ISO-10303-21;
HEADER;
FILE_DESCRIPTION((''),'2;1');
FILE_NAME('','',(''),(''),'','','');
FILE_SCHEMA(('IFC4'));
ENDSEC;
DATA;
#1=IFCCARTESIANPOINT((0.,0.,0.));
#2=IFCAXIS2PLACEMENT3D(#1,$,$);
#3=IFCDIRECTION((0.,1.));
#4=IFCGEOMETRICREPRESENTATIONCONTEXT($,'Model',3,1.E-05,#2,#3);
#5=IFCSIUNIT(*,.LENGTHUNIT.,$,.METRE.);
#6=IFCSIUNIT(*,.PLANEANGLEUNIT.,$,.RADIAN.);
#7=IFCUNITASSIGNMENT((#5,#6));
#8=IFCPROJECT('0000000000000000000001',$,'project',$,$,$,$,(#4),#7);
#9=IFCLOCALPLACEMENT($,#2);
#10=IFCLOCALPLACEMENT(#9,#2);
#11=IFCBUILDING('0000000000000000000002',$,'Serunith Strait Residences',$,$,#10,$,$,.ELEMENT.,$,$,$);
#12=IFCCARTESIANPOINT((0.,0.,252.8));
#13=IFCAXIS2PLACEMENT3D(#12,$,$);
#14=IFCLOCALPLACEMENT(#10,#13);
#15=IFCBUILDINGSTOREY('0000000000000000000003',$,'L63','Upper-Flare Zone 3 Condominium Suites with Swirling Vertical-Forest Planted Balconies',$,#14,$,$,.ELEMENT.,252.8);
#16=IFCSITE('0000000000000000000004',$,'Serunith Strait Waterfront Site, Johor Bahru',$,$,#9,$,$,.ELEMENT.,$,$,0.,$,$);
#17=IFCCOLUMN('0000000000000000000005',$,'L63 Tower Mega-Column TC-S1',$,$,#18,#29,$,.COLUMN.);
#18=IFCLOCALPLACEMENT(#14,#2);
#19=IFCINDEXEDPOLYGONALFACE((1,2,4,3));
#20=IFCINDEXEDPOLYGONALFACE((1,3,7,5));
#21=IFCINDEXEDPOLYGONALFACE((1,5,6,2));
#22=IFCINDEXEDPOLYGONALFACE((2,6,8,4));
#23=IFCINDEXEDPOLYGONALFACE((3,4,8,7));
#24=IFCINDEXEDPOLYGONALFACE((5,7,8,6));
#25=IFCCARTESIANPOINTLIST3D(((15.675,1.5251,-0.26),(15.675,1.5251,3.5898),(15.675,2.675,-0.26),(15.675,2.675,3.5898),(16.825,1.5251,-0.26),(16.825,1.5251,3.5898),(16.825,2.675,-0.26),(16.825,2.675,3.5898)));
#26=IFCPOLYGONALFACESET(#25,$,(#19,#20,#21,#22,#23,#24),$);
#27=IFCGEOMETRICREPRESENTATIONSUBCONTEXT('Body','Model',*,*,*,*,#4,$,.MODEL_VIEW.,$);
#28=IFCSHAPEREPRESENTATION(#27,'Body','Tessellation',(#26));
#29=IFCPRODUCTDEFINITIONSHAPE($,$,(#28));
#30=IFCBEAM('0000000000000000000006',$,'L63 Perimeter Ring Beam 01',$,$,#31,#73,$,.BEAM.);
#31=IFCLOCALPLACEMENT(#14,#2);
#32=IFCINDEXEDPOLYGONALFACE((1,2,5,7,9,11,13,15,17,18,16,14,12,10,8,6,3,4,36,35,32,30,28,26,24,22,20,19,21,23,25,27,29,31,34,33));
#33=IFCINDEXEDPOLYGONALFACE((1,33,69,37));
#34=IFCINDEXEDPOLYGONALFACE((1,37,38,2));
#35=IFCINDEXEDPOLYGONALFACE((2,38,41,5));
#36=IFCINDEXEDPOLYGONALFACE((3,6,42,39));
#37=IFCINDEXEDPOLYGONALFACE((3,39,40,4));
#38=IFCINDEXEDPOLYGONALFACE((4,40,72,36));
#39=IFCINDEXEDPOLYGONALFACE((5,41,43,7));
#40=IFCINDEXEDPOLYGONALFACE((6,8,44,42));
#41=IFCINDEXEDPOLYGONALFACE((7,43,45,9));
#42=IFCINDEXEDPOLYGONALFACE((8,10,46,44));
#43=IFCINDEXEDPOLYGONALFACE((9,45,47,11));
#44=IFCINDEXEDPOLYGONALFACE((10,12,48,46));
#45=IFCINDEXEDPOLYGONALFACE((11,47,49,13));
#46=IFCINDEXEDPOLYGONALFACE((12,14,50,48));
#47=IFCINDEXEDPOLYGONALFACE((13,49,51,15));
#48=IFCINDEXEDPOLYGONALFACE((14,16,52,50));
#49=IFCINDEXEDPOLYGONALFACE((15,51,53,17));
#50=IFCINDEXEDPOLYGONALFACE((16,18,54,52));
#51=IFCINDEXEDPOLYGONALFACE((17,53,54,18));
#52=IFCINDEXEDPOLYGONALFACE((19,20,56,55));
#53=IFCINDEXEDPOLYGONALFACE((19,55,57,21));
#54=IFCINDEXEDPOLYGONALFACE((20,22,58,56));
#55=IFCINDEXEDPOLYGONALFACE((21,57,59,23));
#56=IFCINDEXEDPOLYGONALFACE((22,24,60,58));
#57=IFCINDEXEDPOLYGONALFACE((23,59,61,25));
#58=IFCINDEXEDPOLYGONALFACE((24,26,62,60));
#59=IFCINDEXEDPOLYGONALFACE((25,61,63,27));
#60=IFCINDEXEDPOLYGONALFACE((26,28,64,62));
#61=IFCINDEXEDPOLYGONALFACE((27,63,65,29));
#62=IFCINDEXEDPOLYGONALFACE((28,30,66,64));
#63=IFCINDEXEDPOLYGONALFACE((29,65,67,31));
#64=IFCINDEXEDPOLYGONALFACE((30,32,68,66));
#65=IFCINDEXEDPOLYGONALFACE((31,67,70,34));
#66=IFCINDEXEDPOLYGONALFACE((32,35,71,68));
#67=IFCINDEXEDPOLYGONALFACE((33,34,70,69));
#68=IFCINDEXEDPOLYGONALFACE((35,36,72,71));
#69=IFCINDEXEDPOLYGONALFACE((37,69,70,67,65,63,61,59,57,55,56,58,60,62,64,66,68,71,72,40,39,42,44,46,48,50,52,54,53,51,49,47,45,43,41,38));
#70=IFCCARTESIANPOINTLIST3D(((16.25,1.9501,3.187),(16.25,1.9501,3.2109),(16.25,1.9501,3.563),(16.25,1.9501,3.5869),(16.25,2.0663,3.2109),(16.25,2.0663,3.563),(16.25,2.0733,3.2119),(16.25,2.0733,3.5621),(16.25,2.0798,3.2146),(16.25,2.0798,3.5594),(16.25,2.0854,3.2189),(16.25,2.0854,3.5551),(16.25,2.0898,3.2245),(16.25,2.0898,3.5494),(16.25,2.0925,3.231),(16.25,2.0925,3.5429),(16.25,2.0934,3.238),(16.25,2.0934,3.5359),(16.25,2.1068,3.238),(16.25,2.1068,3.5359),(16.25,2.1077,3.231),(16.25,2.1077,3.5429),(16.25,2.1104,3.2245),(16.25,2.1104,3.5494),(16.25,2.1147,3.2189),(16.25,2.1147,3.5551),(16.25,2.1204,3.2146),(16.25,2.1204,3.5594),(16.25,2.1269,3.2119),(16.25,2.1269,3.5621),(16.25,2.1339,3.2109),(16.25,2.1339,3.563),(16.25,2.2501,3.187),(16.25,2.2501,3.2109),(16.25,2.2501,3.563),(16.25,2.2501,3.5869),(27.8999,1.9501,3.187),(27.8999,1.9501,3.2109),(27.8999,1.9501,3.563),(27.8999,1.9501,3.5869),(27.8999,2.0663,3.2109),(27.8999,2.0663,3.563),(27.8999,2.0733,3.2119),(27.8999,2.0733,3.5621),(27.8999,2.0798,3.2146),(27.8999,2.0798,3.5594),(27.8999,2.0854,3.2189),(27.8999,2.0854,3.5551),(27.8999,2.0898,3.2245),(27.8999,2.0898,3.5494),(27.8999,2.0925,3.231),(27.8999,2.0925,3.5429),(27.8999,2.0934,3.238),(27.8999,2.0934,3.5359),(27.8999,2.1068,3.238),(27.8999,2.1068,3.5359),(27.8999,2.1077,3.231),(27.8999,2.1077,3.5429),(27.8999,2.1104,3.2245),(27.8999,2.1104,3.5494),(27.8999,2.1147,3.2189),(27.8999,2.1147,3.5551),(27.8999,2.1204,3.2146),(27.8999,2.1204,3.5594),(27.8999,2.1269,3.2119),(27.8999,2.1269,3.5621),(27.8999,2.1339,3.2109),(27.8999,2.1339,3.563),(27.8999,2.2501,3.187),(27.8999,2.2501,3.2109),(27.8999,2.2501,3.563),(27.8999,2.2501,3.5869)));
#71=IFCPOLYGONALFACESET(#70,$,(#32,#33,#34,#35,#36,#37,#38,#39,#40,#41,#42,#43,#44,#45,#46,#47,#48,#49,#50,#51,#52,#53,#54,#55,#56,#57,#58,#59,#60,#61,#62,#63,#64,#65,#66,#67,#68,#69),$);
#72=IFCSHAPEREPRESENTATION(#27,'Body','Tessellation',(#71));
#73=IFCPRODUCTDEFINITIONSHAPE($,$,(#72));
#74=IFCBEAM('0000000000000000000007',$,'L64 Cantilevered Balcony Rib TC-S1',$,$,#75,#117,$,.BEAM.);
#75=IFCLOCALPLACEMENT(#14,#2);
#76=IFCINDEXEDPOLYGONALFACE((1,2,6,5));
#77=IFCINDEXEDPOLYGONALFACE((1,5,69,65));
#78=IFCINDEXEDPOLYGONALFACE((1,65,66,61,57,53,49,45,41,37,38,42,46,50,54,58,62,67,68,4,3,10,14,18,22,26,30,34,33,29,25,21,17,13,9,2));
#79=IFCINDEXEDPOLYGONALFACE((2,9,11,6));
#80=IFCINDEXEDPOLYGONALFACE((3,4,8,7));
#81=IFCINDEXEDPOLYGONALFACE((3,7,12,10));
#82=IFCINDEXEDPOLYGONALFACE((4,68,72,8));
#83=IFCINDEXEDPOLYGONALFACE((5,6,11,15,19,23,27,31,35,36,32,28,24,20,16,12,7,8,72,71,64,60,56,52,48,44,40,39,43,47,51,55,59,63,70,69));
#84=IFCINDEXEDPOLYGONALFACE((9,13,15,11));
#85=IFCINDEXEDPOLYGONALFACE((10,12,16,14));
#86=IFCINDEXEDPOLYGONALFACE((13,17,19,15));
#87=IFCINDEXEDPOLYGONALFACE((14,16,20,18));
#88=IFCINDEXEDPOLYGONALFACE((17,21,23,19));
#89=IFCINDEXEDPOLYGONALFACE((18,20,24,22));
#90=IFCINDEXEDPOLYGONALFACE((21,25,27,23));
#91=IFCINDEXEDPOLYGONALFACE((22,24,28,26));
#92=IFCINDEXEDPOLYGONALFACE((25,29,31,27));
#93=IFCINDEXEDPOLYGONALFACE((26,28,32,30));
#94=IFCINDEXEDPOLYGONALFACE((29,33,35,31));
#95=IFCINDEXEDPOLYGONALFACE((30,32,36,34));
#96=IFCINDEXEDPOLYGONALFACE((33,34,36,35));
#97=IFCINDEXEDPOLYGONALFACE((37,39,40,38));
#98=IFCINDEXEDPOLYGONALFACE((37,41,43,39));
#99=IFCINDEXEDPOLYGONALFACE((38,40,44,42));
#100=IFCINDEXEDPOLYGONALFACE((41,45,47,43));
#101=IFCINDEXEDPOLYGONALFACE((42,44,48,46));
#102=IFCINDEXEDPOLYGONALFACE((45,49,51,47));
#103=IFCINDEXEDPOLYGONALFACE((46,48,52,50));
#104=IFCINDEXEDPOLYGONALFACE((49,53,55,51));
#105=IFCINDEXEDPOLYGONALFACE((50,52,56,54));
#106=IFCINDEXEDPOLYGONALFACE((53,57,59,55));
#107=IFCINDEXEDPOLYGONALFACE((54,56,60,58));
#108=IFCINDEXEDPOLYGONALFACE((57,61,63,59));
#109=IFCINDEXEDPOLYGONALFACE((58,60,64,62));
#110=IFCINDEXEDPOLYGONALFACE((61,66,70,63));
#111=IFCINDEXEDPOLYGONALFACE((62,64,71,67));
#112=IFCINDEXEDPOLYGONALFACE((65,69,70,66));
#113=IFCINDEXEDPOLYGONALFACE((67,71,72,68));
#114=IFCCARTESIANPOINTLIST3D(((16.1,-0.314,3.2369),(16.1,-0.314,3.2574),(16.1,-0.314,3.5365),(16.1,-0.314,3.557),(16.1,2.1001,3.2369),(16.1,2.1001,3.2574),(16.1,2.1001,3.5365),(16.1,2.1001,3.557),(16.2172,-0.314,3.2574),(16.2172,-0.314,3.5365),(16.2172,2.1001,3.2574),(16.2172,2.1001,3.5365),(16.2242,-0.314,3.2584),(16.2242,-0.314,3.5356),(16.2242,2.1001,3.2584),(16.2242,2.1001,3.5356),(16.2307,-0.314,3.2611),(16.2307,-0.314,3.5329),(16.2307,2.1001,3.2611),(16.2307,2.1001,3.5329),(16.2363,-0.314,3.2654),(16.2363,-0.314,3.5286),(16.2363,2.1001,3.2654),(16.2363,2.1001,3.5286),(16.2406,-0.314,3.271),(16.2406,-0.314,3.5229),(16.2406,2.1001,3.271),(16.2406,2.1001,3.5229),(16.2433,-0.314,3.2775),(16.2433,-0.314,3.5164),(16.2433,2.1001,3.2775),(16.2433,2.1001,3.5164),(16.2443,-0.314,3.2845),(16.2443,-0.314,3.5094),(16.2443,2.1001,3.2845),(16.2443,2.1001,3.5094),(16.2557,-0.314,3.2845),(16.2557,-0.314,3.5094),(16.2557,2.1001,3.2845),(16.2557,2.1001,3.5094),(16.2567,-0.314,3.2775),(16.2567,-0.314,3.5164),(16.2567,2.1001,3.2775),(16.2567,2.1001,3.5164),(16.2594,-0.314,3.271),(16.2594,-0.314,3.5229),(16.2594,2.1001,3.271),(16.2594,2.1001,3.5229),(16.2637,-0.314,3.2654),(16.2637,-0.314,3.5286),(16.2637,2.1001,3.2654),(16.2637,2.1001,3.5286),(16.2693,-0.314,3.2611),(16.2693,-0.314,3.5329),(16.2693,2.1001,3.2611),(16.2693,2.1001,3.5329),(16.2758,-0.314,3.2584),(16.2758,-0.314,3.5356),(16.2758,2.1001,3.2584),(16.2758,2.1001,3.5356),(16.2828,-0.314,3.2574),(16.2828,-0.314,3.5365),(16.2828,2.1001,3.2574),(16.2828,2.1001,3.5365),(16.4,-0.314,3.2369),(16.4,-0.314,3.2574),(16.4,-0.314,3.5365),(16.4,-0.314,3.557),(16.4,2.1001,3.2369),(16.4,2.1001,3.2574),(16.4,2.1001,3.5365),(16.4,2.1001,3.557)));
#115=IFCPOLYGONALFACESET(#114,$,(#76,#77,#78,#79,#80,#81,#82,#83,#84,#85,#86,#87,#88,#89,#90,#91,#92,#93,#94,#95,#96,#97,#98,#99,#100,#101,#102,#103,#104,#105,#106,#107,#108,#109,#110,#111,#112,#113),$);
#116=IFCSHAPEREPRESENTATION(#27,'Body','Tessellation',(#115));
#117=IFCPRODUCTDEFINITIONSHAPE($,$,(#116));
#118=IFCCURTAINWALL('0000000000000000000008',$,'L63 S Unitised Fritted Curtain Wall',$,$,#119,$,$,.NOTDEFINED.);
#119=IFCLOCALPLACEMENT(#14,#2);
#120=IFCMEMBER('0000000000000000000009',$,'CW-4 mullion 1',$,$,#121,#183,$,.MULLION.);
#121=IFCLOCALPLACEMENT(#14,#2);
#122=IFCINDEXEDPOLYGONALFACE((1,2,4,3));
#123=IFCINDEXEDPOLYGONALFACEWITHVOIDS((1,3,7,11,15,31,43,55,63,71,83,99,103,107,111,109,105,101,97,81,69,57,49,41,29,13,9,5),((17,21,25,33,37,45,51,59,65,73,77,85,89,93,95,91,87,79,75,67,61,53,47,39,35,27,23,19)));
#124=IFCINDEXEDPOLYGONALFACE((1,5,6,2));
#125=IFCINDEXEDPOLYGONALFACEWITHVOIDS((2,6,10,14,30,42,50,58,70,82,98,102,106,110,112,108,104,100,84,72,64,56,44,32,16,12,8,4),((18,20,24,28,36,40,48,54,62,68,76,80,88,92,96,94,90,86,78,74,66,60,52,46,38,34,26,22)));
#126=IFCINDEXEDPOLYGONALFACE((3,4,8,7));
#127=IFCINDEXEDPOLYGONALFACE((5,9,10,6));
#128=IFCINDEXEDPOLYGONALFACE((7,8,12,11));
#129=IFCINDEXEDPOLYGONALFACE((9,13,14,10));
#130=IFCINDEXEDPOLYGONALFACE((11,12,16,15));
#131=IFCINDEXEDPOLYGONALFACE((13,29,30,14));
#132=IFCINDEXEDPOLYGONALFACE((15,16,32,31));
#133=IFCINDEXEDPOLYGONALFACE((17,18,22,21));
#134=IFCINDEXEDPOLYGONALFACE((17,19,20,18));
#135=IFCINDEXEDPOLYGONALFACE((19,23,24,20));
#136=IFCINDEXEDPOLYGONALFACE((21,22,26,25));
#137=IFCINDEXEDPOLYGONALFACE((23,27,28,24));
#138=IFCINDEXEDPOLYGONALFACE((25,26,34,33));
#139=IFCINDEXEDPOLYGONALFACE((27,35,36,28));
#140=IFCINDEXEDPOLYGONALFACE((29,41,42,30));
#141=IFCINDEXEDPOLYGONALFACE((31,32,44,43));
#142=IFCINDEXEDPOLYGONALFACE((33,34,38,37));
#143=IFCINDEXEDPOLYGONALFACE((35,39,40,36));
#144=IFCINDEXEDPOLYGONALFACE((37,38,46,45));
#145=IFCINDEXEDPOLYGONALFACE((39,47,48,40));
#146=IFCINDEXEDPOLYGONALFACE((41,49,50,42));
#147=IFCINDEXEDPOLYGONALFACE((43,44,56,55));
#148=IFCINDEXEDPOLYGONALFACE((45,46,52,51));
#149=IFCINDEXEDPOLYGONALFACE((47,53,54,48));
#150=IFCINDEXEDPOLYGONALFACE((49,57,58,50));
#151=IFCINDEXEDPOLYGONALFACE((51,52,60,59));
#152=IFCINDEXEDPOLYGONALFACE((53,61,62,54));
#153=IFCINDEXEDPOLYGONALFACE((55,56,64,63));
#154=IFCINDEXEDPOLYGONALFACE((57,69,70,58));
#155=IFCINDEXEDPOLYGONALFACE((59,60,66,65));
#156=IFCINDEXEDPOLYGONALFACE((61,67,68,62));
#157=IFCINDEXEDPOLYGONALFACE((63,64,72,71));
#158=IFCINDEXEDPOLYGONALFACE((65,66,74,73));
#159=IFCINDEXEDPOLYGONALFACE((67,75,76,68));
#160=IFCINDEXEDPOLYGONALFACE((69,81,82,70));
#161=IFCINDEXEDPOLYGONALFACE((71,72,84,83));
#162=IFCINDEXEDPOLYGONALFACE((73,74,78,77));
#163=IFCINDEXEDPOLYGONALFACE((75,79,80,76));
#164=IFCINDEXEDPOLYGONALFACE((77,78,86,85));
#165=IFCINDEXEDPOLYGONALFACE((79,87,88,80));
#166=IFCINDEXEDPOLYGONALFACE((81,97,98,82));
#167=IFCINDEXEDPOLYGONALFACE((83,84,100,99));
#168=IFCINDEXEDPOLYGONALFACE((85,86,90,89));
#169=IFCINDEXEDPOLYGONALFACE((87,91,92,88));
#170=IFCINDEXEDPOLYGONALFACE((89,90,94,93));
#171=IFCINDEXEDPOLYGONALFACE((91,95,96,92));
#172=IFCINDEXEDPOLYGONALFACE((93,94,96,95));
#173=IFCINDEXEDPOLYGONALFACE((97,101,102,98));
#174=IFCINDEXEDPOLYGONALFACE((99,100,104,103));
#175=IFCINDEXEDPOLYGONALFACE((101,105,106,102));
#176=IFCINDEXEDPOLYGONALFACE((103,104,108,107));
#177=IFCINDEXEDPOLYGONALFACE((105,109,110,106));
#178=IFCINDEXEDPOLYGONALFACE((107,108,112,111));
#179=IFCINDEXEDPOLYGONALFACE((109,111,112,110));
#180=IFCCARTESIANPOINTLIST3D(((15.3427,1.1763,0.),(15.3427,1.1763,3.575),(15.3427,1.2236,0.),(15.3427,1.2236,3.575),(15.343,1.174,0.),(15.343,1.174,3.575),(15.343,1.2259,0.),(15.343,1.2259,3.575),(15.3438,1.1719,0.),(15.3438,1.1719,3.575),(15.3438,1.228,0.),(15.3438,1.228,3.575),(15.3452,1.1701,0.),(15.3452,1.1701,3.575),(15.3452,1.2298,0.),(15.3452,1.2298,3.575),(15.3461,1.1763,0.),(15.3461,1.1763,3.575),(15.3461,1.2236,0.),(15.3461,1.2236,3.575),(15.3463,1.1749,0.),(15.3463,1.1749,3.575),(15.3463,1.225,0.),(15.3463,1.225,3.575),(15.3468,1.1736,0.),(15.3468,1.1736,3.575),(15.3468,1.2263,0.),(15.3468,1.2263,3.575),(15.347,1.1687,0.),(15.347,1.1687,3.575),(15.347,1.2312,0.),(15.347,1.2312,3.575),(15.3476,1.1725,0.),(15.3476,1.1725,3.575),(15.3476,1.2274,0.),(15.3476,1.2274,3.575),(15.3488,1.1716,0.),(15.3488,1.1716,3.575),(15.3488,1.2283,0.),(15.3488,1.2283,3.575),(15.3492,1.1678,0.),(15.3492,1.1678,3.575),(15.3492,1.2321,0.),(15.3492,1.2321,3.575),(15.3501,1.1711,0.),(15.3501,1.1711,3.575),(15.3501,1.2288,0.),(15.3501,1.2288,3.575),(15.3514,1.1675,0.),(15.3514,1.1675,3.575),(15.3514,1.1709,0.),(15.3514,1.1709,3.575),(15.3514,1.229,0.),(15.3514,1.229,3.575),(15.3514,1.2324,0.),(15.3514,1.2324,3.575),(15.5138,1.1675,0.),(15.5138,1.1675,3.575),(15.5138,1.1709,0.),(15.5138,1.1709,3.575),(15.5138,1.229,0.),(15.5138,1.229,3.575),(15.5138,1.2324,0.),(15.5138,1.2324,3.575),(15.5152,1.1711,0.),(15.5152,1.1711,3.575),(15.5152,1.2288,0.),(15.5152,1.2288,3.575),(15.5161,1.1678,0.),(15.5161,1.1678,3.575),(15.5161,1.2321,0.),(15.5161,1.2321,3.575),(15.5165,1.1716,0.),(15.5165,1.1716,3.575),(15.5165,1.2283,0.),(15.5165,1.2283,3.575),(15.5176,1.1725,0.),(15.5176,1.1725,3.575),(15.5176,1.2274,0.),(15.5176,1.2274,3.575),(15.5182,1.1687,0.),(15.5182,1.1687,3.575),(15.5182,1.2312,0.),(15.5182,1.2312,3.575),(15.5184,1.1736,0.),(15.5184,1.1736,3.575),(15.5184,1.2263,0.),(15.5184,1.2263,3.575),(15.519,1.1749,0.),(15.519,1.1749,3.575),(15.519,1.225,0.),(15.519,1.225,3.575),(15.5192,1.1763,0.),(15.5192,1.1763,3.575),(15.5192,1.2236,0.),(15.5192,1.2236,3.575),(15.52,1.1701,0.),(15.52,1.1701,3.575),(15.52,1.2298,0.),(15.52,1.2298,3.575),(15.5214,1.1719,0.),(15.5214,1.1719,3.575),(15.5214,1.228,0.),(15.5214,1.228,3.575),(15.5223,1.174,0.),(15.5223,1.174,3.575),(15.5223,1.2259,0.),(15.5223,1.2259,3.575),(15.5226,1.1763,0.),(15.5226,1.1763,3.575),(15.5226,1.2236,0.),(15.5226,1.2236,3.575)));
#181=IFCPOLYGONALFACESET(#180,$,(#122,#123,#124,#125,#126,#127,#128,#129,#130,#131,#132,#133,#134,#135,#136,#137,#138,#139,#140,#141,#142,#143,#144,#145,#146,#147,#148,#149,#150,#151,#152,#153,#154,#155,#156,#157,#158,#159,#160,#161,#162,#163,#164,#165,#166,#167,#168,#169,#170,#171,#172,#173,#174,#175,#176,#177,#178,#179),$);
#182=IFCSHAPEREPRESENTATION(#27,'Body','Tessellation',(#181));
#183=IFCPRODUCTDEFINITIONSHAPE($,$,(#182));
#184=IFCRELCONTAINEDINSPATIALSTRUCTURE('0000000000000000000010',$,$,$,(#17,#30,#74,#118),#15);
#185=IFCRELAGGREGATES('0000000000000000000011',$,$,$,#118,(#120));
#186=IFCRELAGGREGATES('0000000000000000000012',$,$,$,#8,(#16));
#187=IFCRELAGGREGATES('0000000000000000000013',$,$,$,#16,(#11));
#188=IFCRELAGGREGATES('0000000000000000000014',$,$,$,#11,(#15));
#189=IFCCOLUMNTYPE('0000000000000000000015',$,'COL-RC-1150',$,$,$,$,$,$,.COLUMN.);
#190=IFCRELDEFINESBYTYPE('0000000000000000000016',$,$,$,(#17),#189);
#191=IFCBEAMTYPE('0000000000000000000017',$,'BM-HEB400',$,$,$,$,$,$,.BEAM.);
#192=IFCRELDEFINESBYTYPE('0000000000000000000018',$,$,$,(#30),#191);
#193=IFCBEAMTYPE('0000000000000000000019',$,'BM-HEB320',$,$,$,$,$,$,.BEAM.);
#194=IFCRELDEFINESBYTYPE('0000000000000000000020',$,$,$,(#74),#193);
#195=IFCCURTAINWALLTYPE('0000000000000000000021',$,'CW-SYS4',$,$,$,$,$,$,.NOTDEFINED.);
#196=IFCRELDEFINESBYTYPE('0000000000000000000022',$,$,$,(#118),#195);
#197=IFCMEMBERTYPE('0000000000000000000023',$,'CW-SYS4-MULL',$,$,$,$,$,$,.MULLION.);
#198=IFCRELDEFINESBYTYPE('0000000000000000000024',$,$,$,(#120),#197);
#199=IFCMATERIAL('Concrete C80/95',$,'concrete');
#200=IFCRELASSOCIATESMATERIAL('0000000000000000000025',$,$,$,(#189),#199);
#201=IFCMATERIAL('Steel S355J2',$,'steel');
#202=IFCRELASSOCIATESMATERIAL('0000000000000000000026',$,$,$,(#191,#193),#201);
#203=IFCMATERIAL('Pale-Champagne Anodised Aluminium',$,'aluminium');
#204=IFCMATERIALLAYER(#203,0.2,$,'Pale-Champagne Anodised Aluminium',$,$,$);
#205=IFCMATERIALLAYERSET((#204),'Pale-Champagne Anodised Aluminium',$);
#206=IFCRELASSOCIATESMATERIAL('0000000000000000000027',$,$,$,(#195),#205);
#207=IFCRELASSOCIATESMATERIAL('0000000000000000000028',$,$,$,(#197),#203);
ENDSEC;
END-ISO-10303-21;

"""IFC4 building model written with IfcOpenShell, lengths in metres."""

from ifc_helpers import new_model, si_unit, direction, frame, origin, origin_2d, place, context, subcontext, project, spatial, rectangle, hollow_rectangle, i_section, extrude, source, transform, mapped, material, layer, layer_set, material_profile, profile_set, type_object, element, aggregate, save


model = new_model("IFC4")

# Units and contexts
model_context = context("Model", 3, precision=1e-05, world=origin(), true_north=direction((0.0, 1.0)))
body_context = subcontext(model_context, "Body", "Model", "MODEL_VIEW")
ifc_project = project(units=[si_unit("LENGTHUNIT", "METRE"), si_unit("PLANEANGLEUNIT", "RADIAN")], contexts=[model_context])

# Site, building, storey
site_placement = place(None, origin())
site = spatial("IfcSite", under=ifc_project, at=site_placement, Name="Serunith Strait Waterfront Site, Johor Bahru", CompositionType="ELEMENT", RefElevation=0.0)
building_placement = place(site_placement, origin())
building = spatial("IfcBuilding", under=site, at=building_placement, Name="Serunith Strait Residences", CompositionType="ELEMENT")
storey_placement = place(building_placement, frame((0.0, 0.0, 252.8)))
storey = spatial("IfcBuildingStorey", under=building, at=storey_placement, Name="L63", Description="Upper-Flare Zone 3 Condominium Suites with Swirling Vertical-Forest Planted Balconies", CompositionType="ELEMENT", Elevation=252.8)

# Column
ifc_material_1 = material(Name="Concrete C80/95", Category="concrete")
ifc_material_profile_1 = material_profile(ifc_material_1, rectangle(XDim=1.1499, YDim=1.1499, at=origin_2d()), Name="RC 1150x1150")
ifc_profile_set_1 = profile_set([ifc_material_profile_1], Name="Concrete C80/95")
column_type = type_object("IfcColumnType", Name="COL-RC-1150", PredefinedType="COLUMN", material=ifc_profile_set_1)
shared_shape_1 = source(origin(), body_context, "Body", "SweptSolid", [
    extrude(rectangle(XDim=1.1499, YDim=1.1499, at=origin_2d()), origin(), (0.0, 0.0, 1.0), 3.8499),
])
column_placement = place(storey_placement, frame((16.25, 2.1001, -0.26), z_axis=(0.0, 0.0, 1.0), x_axis=(1.0, 0.0, 0.0)))
element("IfcColumn", 1, at=column_placement, inside=storey, type_object=column_type, Name="L63 Tower Mega-Column TC-S1", PredefinedType="COLUMN", context=body_context, shape_type="MappedRepresentation", body=[
    mapped(shared_shape_1, transform((0.0, 0.0, 0.0), scale=1.0)),
])

# Beams
ifc_material_2 = material(Name="Steel S355J2", Category="steel")
ifc_material_profile_2 = material_profile(ifc_material_2, i_section(OverallWidth=0.3, OverallDepth=0.3999, WebThickness=0.0134, FlangeThickness=0.0239, FilletRadius=0.0271, at=origin_2d()), Name="HEB 400")
ifc_profile_set_2 = profile_set([ifc_material_profile_2], Name="Steel S355J2")
beam_type_1 = type_object("IfcBeamType", Name="BM-HEB400", PredefinedType="BEAM", material=ifc_profile_set_2)
shared_shape_2 = source(origin(), body_context, "Body", "SweptSolid", [
    extrude(i_section(OverallWidth=0.3, OverallDepth=0.3999, WebThickness=0.0134, FlangeThickness=0.0239, FilletRadius=0.0271, at=origin_2d()), origin(), (0.0, 0.0, 1.0), 11.6499),
])
beam_1_placement = place(storey_placement, frame((16.25, 2.1001, 3.387), z_axis=(1.0, 0.0, 0.0), x_axis=(0.0, 1.0, 0.0)))
element("IfcBeam", 2, at=beam_1_placement, inside=storey, type_object=beam_type_1, Name="L63 Perimeter Ring Beam 01", PredefinedType="BEAM", context=body_context, shape_type="MappedRepresentation", body=[
    mapped(shared_shape_2, transform((0.0, 0.0, 0.0), scale=1.0)),
])
ifc_material_profile_3 = material_profile(ifc_material_2, i_section(OverallWidth=0.3, OverallDepth=0.3201, WebThickness=0.0115, FlangeThickness=0.0205, FilletRadius=0.0271, at=origin_2d()), Name="HEB 320")
ifc_profile_set_3 = profile_set([ifc_material_profile_3], Name="Steel S355J2")
beam_type_2 = type_object("IfcBeamType", Name="BM-HEB320", PredefinedType="BEAM", material=ifc_profile_set_3)
shared_shape_3 = source(origin(), body_context, "Body", "SweptSolid", [
    extrude(i_section(OverallWidth=0.3, OverallDepth=0.3201, WebThickness=0.0115, FlangeThickness=0.0205, FilletRadius=0.0271, at=origin_2d()), origin(), (0.0, 0.0, 1.0), 2.4141),
])
beam_2_placement = place(storey_placement, frame((16.25, 2.1001, 3.397), z_axis=(0.0, -1.0, 0.0), x_axis=(1.0, 0.0, 0.0)))
element("IfcBeam", 3, at=beam_2_placement, inside=storey, type_object=beam_type_2, Name="L64 Cantilevered Balcony Rib TC-S1", PredefinedType="BEAM", context=body_context, shape_type="MappedRepresentation", body=[
    mapped(shared_shape_3, transform((0.0, 0.0, 0.0), scale=1.0)),
])

# Curtain wall, member
ifc_material_3 = material(Name="Pale-Champagne Anodised Aluminium", Category="aluminium")
ifc_layer_1 = layer(ifc_material_3, 0.2, Name="Pale-Champagne Anodised Aluminium")
ifc_layer_set_1 = layer_set([ifc_layer_1], Name="Pale-Champagne Anodised Aluminium")
curtain_wall_type = type_object("IfcCurtainWallType", Name="CW-SYS4", PredefinedType="NOTDEFINED", material=ifc_layer_set_1)
curtain_wall_1_placement = place(storey_placement, origin())
curtain_wall_1 = element("IfcCurtainWall", 4, at=curtain_wall_1_placement, inside=storey, type_object=curtain_wall_type, Name="L63 S Unitised Fritted Curtain Wall", PredefinedType="NOTDEFINED")
ifc_material_profile_4 = material_profile(ifc_material_3, hollow_rectangle(XDim=0.0649, YDim=0.1799, WallThickness=0.0034, InnerFilletRadius=0.0054, OuterFilletRadius=0.0088, at=origin_2d()), Name="ALU 180x65x3.5")
ifc_profile_set_4 = profile_set([ifc_material_profile_4], Name="Pale-Champagne Anodised Aluminium")
member_type_1 = type_object("IfcMemberType", Name="CW-SYS4-MULL", PredefinedType="MULLION", material=ifc_profile_set_4)
shared_shape_4 = source(origin(), body_context, "Body", "SweptSolid", [
    extrude(hollow_rectangle(XDim=0.0649, YDim=0.1799, WallThickness=0.0034, InnerFilletRadius=0.0054, OuterFilletRadius=0.0088, at=origin_2d()), origin(), (0.0, 0.0, 1.0), 3.575),
])
member_1_placement = place(storey_placement, frame((15.4326, 1.2, 0.0), z_axis=(0.0, 0.0, 1.0), x_axis=(0.0, 1.0, 0.0)))
member_1 = element("IfcMember", 5, at=member_1_placement, type_object=member_type_1, Name="CW-4 mullion 1", PredefinedType="MULLION", context=body_context, shape_type="MappedRepresentation", body=[
    mapped(shared_shape_4, transform((0.0, 0.0, 0.0), scale=1.0)),
])

aggregate(curtain_wall_1, [member_1])

save(model, "model.ifc")
